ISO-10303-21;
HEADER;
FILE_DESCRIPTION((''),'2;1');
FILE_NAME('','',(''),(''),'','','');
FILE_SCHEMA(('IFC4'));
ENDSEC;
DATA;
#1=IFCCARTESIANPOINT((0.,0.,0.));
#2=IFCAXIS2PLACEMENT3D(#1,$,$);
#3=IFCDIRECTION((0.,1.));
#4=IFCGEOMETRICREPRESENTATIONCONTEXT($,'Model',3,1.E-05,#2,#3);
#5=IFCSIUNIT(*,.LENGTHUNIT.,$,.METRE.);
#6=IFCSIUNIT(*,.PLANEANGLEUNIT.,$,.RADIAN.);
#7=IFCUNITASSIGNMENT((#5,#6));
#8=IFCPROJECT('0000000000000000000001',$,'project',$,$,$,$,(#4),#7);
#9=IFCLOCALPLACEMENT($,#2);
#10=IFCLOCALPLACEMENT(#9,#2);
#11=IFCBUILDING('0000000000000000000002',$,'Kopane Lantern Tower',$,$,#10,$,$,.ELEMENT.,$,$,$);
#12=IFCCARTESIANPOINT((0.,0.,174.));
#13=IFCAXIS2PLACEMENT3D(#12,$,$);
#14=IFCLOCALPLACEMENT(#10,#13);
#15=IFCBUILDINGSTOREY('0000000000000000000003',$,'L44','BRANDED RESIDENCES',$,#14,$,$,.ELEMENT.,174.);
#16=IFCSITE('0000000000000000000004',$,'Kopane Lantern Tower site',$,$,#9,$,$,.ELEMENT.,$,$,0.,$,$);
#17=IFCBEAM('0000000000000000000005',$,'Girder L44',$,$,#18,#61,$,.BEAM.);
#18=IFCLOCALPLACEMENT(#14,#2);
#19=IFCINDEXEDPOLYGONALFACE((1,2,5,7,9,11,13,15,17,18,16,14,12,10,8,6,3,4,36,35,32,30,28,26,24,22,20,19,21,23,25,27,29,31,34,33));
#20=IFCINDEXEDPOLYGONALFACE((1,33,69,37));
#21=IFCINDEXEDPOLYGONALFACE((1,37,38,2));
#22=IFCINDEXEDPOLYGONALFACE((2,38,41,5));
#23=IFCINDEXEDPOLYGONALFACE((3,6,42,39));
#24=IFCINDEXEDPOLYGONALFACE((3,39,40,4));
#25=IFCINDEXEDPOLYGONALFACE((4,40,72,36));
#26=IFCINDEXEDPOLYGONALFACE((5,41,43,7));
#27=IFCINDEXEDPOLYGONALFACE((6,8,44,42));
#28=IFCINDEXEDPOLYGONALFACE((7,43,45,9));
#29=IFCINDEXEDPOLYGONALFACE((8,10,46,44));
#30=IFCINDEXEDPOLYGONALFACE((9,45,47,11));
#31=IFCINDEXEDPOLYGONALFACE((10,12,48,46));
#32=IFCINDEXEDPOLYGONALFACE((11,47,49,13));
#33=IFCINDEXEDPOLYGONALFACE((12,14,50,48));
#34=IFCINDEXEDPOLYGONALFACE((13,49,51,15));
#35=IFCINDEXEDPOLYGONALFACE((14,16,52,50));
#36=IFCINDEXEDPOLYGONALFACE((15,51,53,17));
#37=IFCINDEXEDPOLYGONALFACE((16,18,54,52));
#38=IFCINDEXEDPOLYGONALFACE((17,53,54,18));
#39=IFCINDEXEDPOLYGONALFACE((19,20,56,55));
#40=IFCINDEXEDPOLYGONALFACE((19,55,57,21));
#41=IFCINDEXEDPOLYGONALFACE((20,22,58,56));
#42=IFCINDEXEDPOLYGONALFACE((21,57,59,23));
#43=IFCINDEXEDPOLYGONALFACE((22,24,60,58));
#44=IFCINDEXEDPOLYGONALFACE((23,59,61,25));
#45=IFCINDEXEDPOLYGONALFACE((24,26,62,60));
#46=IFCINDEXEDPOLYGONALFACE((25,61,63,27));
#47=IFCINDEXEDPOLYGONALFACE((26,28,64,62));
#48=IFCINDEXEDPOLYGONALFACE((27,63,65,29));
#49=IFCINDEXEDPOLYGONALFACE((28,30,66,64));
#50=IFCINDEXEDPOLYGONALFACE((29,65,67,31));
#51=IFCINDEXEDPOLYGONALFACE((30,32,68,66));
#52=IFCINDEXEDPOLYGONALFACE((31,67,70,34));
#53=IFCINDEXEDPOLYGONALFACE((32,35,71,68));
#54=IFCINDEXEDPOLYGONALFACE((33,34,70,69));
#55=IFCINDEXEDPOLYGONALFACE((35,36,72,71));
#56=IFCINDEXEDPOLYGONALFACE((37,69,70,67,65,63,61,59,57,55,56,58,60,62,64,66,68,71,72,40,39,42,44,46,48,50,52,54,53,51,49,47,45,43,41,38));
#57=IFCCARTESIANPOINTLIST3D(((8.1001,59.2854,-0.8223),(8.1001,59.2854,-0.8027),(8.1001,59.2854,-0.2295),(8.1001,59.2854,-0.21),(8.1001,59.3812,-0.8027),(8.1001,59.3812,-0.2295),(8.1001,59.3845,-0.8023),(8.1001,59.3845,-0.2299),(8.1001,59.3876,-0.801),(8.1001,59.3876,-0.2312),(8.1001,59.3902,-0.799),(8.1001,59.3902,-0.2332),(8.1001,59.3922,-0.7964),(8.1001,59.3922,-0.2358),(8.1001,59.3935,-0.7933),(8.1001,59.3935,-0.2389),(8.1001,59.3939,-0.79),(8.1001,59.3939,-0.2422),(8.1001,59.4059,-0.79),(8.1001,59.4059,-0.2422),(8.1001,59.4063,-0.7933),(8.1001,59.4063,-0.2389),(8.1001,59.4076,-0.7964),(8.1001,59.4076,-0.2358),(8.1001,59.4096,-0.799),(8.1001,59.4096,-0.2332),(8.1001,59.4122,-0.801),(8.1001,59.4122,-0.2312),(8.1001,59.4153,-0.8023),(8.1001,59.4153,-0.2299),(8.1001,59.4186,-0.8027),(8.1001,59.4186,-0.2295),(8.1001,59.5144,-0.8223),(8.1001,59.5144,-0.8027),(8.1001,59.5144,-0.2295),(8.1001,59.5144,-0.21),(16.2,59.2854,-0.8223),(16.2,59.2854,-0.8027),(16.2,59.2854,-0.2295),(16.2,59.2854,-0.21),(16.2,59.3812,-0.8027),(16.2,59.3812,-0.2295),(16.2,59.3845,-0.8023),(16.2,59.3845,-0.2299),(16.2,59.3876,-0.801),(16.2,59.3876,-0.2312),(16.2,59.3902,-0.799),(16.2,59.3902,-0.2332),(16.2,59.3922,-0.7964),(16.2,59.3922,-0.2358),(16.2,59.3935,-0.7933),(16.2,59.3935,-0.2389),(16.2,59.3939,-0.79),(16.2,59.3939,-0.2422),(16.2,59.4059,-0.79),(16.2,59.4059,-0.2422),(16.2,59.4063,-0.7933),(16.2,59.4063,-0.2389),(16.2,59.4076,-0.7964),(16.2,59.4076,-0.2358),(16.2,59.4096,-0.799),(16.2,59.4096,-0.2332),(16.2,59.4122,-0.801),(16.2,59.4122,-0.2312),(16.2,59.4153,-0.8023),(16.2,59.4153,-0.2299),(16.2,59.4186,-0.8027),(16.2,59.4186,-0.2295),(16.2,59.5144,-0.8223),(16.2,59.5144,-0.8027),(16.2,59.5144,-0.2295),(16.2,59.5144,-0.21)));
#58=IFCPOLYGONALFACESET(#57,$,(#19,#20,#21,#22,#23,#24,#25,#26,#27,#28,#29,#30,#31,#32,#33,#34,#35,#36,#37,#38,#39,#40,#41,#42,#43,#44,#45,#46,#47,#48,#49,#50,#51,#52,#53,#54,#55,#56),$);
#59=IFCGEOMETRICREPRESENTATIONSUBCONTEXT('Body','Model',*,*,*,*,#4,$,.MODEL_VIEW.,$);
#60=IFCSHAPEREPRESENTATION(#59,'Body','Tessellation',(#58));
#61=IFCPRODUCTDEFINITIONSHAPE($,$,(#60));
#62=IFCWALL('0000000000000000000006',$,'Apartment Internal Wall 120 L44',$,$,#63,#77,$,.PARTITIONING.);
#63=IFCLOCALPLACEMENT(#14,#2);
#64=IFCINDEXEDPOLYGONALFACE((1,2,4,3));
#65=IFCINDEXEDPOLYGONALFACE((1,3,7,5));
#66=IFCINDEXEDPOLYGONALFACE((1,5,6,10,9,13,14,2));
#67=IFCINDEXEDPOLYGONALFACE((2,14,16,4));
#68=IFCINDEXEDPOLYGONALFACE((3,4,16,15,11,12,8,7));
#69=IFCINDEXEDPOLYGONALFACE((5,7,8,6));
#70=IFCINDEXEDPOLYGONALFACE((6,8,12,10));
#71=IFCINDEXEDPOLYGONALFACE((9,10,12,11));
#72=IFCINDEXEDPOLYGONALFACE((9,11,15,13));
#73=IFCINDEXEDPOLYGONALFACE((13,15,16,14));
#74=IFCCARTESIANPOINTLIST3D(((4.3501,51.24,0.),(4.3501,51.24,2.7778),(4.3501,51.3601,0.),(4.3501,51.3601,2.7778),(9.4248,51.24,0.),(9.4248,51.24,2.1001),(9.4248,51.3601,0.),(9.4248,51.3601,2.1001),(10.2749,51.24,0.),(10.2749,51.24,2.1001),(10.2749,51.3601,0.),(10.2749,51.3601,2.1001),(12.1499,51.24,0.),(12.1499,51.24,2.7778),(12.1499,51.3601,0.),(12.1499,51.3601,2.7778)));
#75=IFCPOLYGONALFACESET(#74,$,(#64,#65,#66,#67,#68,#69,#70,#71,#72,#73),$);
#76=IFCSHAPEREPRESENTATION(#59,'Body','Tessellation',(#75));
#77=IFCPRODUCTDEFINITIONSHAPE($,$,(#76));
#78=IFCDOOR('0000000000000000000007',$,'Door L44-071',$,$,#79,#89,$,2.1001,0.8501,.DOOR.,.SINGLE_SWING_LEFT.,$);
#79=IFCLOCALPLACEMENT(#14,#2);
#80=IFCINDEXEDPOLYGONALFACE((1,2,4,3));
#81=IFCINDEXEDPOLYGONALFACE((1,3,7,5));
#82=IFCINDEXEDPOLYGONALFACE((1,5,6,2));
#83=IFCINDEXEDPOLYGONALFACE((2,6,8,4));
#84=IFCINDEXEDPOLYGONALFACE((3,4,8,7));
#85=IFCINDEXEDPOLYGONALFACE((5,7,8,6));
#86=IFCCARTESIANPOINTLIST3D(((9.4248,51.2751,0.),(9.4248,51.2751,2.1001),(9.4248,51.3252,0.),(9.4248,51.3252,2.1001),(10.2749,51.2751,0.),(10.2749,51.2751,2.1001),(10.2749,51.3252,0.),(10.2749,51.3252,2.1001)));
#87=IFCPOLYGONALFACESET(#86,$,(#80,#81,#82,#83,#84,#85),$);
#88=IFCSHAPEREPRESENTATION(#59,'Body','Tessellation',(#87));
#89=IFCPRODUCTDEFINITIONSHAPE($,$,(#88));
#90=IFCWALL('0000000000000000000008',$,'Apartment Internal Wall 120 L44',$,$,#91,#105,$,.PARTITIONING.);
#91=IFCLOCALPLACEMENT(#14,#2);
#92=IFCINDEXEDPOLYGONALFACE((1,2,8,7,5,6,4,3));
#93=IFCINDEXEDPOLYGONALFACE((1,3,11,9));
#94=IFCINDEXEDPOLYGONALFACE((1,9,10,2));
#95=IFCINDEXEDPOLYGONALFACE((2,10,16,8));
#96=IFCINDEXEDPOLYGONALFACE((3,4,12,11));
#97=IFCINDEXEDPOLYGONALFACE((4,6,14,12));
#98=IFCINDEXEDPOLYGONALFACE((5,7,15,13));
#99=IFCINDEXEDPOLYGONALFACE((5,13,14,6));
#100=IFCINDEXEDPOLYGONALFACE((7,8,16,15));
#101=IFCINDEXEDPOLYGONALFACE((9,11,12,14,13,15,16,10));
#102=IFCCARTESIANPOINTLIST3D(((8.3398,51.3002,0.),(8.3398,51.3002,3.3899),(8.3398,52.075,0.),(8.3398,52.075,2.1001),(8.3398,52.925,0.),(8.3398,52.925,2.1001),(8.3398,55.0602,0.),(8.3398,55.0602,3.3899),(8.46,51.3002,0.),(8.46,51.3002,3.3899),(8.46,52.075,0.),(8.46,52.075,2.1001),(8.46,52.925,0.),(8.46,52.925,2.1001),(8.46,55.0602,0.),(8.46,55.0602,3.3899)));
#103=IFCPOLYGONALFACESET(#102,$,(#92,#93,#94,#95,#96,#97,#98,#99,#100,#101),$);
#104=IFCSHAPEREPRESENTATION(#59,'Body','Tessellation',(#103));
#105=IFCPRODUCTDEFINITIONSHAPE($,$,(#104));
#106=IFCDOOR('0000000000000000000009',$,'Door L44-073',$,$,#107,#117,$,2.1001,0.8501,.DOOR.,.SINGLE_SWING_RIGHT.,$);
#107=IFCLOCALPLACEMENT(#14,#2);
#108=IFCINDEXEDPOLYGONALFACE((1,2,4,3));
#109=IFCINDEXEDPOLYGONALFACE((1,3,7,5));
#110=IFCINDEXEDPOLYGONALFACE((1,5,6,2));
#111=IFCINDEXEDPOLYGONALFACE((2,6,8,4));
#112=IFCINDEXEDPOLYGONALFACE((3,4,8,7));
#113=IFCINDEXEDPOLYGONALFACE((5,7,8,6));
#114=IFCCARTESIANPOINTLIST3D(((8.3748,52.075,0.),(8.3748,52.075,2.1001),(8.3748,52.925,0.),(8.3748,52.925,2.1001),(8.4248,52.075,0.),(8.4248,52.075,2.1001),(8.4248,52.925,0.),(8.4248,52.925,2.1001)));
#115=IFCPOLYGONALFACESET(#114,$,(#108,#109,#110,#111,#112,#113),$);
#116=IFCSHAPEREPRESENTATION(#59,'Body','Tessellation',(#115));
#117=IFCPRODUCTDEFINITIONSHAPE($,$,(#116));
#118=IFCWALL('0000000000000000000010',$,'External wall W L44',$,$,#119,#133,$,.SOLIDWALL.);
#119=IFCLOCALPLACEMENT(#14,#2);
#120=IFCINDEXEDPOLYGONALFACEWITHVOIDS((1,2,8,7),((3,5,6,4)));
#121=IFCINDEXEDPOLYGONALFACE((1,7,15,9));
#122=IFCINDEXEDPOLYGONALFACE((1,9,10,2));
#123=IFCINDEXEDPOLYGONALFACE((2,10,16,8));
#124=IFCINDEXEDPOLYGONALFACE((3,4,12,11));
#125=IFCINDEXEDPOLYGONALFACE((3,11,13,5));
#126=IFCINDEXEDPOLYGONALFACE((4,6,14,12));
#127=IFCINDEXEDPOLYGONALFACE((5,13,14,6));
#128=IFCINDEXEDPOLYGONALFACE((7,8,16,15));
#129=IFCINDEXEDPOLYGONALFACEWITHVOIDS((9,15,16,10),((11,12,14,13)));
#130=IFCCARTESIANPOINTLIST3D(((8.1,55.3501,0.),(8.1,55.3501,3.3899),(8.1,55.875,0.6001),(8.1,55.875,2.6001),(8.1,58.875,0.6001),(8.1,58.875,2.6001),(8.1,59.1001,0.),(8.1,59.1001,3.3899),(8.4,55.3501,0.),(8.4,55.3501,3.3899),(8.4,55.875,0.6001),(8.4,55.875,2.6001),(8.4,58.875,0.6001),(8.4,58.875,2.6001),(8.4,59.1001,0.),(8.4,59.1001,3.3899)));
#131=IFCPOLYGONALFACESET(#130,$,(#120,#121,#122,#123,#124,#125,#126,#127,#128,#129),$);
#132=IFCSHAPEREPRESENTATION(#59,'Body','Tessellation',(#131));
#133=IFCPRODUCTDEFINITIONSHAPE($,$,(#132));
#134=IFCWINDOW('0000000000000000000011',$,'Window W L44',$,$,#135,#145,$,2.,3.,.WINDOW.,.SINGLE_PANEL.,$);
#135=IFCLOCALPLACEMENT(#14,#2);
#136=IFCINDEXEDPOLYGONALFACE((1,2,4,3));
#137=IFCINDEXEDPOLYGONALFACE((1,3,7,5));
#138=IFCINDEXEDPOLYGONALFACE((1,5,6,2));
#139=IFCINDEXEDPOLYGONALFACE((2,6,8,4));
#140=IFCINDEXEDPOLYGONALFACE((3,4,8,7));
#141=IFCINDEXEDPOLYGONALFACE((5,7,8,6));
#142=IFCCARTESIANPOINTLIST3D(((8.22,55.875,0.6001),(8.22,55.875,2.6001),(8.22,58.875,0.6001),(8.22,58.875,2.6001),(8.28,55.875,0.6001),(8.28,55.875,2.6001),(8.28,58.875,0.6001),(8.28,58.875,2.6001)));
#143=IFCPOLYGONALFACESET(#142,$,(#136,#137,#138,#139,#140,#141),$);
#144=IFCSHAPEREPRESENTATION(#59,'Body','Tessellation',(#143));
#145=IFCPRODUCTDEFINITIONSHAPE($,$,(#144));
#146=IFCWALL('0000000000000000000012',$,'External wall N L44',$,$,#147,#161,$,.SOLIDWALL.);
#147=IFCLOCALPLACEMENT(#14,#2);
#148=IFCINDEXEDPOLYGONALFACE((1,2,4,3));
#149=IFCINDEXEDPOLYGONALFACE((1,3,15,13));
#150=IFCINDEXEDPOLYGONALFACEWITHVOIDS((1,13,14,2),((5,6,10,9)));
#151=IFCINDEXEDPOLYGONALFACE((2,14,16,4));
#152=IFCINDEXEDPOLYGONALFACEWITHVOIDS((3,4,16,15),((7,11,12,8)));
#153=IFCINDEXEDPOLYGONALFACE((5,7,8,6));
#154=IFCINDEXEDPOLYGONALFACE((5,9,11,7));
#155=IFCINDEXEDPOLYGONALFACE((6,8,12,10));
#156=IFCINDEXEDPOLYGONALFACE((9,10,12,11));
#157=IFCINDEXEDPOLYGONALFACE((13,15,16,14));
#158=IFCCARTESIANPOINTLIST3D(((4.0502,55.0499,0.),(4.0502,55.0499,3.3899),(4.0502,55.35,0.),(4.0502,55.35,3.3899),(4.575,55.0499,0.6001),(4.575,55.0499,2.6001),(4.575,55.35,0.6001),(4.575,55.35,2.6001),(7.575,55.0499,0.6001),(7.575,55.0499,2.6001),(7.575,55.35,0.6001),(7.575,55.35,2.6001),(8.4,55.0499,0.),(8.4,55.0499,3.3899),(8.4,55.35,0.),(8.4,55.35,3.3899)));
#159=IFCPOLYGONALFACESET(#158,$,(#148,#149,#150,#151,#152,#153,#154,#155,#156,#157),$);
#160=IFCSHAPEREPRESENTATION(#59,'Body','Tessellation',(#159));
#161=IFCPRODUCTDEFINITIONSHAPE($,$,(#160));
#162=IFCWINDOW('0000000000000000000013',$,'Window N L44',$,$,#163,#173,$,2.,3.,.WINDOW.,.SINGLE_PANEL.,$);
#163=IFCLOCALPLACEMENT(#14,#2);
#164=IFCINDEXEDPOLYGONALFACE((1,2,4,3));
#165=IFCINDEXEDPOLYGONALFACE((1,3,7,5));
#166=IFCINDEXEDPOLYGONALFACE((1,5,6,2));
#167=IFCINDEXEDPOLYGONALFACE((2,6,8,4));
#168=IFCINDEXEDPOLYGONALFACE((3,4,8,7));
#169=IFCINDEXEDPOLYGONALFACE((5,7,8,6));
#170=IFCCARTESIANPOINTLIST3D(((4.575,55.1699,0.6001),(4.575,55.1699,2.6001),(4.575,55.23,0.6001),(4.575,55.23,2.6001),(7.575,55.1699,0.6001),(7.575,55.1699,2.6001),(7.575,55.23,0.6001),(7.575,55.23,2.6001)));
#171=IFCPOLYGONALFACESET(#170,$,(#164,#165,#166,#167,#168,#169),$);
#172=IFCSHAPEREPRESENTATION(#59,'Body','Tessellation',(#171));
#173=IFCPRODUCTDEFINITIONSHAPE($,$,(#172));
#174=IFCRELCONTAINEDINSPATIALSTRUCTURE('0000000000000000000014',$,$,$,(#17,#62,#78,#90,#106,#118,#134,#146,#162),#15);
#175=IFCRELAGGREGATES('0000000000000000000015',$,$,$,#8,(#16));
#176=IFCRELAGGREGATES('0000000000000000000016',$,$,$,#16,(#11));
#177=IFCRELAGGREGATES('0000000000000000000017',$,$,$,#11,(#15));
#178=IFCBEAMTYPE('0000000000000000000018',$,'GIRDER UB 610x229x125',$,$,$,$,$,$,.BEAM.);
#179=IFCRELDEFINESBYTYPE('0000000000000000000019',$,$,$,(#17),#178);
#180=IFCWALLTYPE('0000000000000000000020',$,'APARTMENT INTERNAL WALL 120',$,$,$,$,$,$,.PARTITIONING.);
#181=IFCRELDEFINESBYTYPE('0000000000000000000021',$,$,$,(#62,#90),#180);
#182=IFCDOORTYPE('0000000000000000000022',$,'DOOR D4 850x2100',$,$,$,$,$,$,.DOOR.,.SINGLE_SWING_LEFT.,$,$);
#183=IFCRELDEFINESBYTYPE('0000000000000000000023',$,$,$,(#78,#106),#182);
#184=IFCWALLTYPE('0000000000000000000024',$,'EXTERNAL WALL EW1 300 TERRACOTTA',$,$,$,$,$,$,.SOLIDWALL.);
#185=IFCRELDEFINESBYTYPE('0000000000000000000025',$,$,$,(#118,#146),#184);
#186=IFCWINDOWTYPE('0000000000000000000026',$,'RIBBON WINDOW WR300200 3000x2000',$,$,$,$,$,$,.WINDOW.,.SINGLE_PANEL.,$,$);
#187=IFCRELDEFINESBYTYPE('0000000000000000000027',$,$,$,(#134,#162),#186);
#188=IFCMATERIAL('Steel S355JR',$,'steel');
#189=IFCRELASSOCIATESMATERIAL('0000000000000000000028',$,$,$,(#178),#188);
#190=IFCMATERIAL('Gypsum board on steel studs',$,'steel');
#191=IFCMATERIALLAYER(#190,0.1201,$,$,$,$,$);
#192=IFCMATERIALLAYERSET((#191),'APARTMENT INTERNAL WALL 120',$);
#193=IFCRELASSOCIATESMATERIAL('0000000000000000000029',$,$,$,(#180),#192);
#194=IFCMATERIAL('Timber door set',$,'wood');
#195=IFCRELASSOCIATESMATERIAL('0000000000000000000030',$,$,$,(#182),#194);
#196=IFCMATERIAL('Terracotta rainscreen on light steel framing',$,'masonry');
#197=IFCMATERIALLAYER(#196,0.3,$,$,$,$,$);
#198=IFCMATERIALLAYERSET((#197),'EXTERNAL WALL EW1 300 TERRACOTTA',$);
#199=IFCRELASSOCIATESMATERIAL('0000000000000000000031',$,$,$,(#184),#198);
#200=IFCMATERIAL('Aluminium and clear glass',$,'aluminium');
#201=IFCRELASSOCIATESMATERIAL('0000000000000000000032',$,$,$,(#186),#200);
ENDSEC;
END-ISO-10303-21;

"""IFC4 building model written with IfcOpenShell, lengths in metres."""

from ifc_helpers import new_model, si_unit, direction, frame, frame_2d, origin, origin_2d, place, context, subcontext, project, spatial, rectangle, i_section, extrude, material, layer, layer_set, material_profile, profile_set, type_object, element, fill, save


model = new_model("IFC4")

# Units and contexts
model_context = context("Model", 3, precision=1e-05, world=origin(), true_north=direction((0.0, 1.0)))
body_context = subcontext(model_context, "Body", "Model", "MODEL_VIEW")
ifc_project = project(units=[si_unit("LENGTHUNIT", "METRE"), si_unit("PLANEANGLEUNIT", "RADIAN")], contexts=[model_context])

# Site, building, storey
site_placement = place(None, origin())
site = spatial("IfcSite", under=ifc_project, at=site_placement, Name="Kopane Lantern Tower site", CompositionType="ELEMENT", RefElevation=0.0)
building_placement = place(site_placement, origin())
building = spatial("IfcBuilding", under=site, at=building_placement, Name="Kopane Lantern Tower", CompositionType="ELEMENT")
storey_placement = place(building_placement, frame((0.0, 0.0, 174.0)))
storey = spatial("IfcBuildingStorey", under=building, at=storey_placement, Name="L44", Description="BRANDED RESIDENCES", CompositionType="ELEMENT", Elevation=174.0)

# Beam
ifc_material_1 = material(Name="Steel S355JR", Category="steel")
ifc_material_profile_1 = material_profile(ifc_material_1, i_section(OverallWidth=0.229, OverallDepth=0.6123, WebThickness=0.012, FlangeThickness=0.0195, FilletRadius=0.0127, at=origin_2d()), Name="UB 610x229x125")
ifc_profile_set_1 = profile_set([ifc_material_profile_1], Name="Steel S355JR")
beam_type_1 = type_object("IfcBeamType", Name="GIRDER UB 610x229x125", PredefinedType="BEAM", material=ifc_profile_set_1)
beam_1_placement = place(storey_placement, frame((8.1001, 59.3999, -0.5161), z_axis=(1.0, 0.0, 0.0), x_axis=(0.0, 1.0, 0.0)))
element("IfcBeam", 1, at=beam_1_placement, inside=storey, type_object=beam_type_1, Name="Girder L44", PredefinedType="BEAM", context=body_context, shape_type="SweptSolid", body=[
    extrude(i_section(OverallWidth=0.229, OverallDepth=0.6123, WebThickness=0.012, FlangeThickness=0.0195, FilletRadius=0.0127, at=origin_2d()), origin(), (0.0, 0.0, 1.0), 8.0999),
])

# Walls, openings, doors
ifc_material_2 = material(Name="Gypsum board on steel studs", Category="steel")
ifc_layer_1 = layer(ifc_material_2, 0.1201)
ifc_layer_set_1 = layer_set([ifc_layer_1], Name="APARTMENT INTERNAL WALL 120")
wall_type_1 = type_object("IfcWallType", Name="APARTMENT INTERNAL WALL 120", PredefinedType="PARTITIONING", material=ifc_layer_set_1)
wall_1_placement = place(storey_placement, frame((12.1499, 51.3, 0.0), z_axis=(0.0, 0.0, 1.0), x_axis=(-1.0, 0.0, 0.0)))
wall_1 = element("IfcWall", 2, at=wall_1_placement, inside=storey, type_object=wall_type_1, Name="Apartment Internal Wall 120 L44", PredefinedType="PARTITIONING", context=body_context, shape_type="SweptSolid", body=[
    extrude(rectangle(XDim=7.7998, YDim=0.1201, at=frame_2d((3.8999, 0.0))), origin(), (0.0, 0.0, 1.0), 2.7778),
])
opening_1_placement = place(wall_1_placement, frame((1.875, 0.0, 0.0)))
opening_1 = element("IfcOpeningElement", 3, at=opening_1_placement, cuts=wall_1, PredefinedType="OPENING", context=body_context, shape_type="SweptSolid", body=[
    extrude(rectangle(XDim=0.8501, YDim=2.1001, at=frame_2d((0.425, 1.05))), frame((0.0, 0.0701, 0.0), z_axis=(0.0, -1.0, 0.0), x_axis=(1.0, 0.0, 0.0)), (0.0, 0.0, 1.0), 0.1401),
])
ifc_material_3 = material(Name="Timber door set", Category="wood")
door_type = type_object("IfcDoorType", Name="DOOR D4 850x2100", OperationType="SINGLE_SWING_LEFT", PredefinedType="DOOR", material=ifc_material_3)
door_1_placement = place(opening_1_placement, origin())
door_1 = element("IfcDoor", 4, at=door_1_placement, inside=storey, type_object=door_type, Name="Door L44-071", OperationType="SINGLE_SWING_LEFT", OverallHeight=2.1001, OverallWidth=0.8501, PredefinedType="DOOR", context=body_context, shape_type="SweptSolid", body=[
    extrude(rectangle(XDim=0.8501, YDim=2.1001, at=frame_2d((0.425, 1.05))), frame((0.0, 0.0249, 0.0), z_axis=(0.0, -1.0, 0.0), x_axis=(1.0, 0.0, 0.0)), (0.0, 0.0, 1.0), 0.05),
])
fill(opening_1, door_1)
wall_2_placement = place(storey_placement, frame((8.3999, 55.0601, 0.0), z_axis=(0.0, 0.0, 1.0), x_axis=(0.0, -1.0, 0.0)))
wall_2 = element("IfcWall", 5, at=wall_2_placement, inside=storey, type_object=wall_type_1, Name="Apartment Internal Wall 120 L44", PredefinedType="PARTITIONING", context=body_context, shape_type="SweptSolid", body=[
    extrude(rectangle(XDim=3.76, YDim=0.1201, at=frame_2d((1.8799, 0.0))), origin(), (0.0, 0.0, 1.0), 3.3899),
])
opening_2_placement = place(wall_2_placement, frame((2.135, 0.0, 0.0)))
opening_2 = element("IfcOpeningElement", 6, at=opening_2_placement, cuts=wall_2, PredefinedType="OPENING", context=body_context, shape_type="SweptSolid", body=[
    extrude(rectangle(XDim=0.8501, YDim=2.1001, at=frame_2d((0.425, 1.05))), frame((0.0, 0.0701, 0.0), z_axis=(0.0, -1.0, 0.0), x_axis=(1.0, 0.0, 0.0)), (0.0, 0.0, 1.0), 0.1401),
])
door_2_placement = place(opening_2_placement, origin())
door_2 = element("IfcDoor", 7, at=door_2_placement, inside=storey, type_object=door_type, Name="Door L44-073", OperationType="SINGLE_SWING_RIGHT", OverallHeight=2.1001, OverallWidth=0.8501, PredefinedType="DOOR", context=body_context, shape_type="SweptSolid", body=[
    extrude(rectangle(XDim=0.8501, YDim=2.1001, at=frame_2d((0.425, 1.05))), frame((0.0, 0.0249, 0.0), z_axis=(0.0, -1.0, 0.0), x_axis=(1.0, 0.0, 0.0)), (0.0, 0.0, 1.0), 0.05),
])
fill(opening_2, door_2)

# Walls, openings, windows
ifc_material_4 = material(Name="Terracotta rainscreen on light steel framing", Category="masonry")
ifc_layer_2 = layer(ifc_material_4, 0.3)
ifc_layer_set_2 = layer_set([ifc_layer_2], Name="EXTERNAL WALL EW1 300 TERRACOTTA")
wall_type_2 = type_object("IfcWallType", Name="EXTERNAL WALL EW1 300 TERRACOTTA", PredefinedType="SOLIDWALL", material=ifc_layer_set_2)
wall_3_placement = place(storey_placement, frame((8.25, 59.1001, 0.0), z_axis=(0.0, 0.0, 1.0), x_axis=(0.0, -1.0, 0.0)))
wall_3 = element("IfcWall", 8, at=wall_3_placement, inside=storey, type_object=wall_type_2, Name="External wall W L44", PredefinedType="SOLIDWALL", context=body_context, shape_type="SweptSolid", body=[
    extrude(rectangle(XDim=3.75, YDim=0.3, at=frame_2d((1.875, 0.0))), origin(), (0.0, 0.0, 1.0), 3.3899),
])
opening_3_placement = place(wall_3_placement, frame((0.2251, 0.0, 0.6001)))
opening_3 = element("IfcOpeningElement", 9, at=opening_3_placement, cuts=wall_3, PredefinedType="OPENING", context=body_context, shape_type="SweptSolid", body=[
    extrude(rectangle(XDim=3.0, YDim=2.0, at=frame_2d((1.5, 1.0))), frame((0.0, 0.1599, 0.0), z_axis=(0.0, -1.0, 0.0), x_axis=(1.0, 0.0, 0.0)), (0.0, 0.0, 1.0), 0.3201),
])
ifc_material_5 = material(Name="Aluminium and clear glass", Category="aluminium")
window_type = type_object("IfcWindowType", Name="RIBBON WINDOW WR300200 3000x2000", PartitioningType="SINGLE_PANEL", PredefinedType="WINDOW", material=ifc_material_5)
window_1_placement = place(opening_3_placement, origin())
window_1 = element("IfcWindow", 10, at=window_1_placement, inside=storey, type_object=window_type, Name="Window W L44", OverallHeight=2.0, OverallWidth=3.0, PartitioningType="SINGLE_PANEL", PredefinedType="WINDOW", context=body_context, shape_type="SweptSolid", body=[
    extrude(rectangle(XDim=3.0, YDim=2.0, at=frame_2d((1.5, 1.0))), frame((0.0, 0.03, 0.0), z_axis=(0.0, -1.0, 0.0), x_axis=(1.0, 0.0, 0.0)), (0.0, 0.0, 1.0), 0.0601),
])
fill(opening_3, window_1)
wall_4_placement = place(storey_placement, frame((8.3999, 55.2, 0.0), z_axis=(0.0, 0.0, 1.0), x_axis=(-1.0, 0.0, 0.0)))
wall_4 = element("IfcWall", 11, at=wall_4_placement, inside=storey, type_object=wall_type_2, Name="External wall N L44", PredefinedType="SOLIDWALL", context=body_context, shape_type="SweptSolid", body=[
    extrude(rectangle(XDim=4.3499, YDim=0.3, at=frame_2d((2.1748, 0.0))), origin(), (0.0, 0.0, 1.0), 3.3899),
])
opening_4_placement = place(wall_4_placement, frame((0.825, 0.0, 0.6001)))
opening_4 = element("IfcOpeningElement", 12, at=opening_4_placement, cuts=wall_4, PredefinedType="OPENING", context=body_context, shape_type="SweptSolid", body=[
    extrude(rectangle(XDim=3.0, YDim=2.0, at=frame_2d((1.5, 1.0))), frame((0.0, 0.1599, 0.0), z_axis=(0.0, -1.0, 0.0), x_axis=(1.0, 0.0, 0.0)), (0.0, 0.0, 1.0), 0.3201),
])
window_2_placement = place(opening_4_placement, origin())
window_2 = element("IfcWindow", 13, at=window_2_placement, inside=storey, type_object=window_type, Name="Window N L44", OverallHeight=2.0, OverallWidth=3.0, PartitioningType="SINGLE_PANEL", PredefinedType="WINDOW", context=body_context, shape_type="SweptSolid", body=[
    extrude(rectangle(XDim=3.0, YDim=2.0, at=frame_2d((1.5, 1.0))), frame((0.0, 0.03, 0.0), z_axis=(0.0, -1.0, 0.0), x_axis=(1.0, 0.0, 0.0)), (0.0, 0.0, 1.0), 0.0601),
])
fill(opening_4, window_2)

save(model, "model.ifc")
